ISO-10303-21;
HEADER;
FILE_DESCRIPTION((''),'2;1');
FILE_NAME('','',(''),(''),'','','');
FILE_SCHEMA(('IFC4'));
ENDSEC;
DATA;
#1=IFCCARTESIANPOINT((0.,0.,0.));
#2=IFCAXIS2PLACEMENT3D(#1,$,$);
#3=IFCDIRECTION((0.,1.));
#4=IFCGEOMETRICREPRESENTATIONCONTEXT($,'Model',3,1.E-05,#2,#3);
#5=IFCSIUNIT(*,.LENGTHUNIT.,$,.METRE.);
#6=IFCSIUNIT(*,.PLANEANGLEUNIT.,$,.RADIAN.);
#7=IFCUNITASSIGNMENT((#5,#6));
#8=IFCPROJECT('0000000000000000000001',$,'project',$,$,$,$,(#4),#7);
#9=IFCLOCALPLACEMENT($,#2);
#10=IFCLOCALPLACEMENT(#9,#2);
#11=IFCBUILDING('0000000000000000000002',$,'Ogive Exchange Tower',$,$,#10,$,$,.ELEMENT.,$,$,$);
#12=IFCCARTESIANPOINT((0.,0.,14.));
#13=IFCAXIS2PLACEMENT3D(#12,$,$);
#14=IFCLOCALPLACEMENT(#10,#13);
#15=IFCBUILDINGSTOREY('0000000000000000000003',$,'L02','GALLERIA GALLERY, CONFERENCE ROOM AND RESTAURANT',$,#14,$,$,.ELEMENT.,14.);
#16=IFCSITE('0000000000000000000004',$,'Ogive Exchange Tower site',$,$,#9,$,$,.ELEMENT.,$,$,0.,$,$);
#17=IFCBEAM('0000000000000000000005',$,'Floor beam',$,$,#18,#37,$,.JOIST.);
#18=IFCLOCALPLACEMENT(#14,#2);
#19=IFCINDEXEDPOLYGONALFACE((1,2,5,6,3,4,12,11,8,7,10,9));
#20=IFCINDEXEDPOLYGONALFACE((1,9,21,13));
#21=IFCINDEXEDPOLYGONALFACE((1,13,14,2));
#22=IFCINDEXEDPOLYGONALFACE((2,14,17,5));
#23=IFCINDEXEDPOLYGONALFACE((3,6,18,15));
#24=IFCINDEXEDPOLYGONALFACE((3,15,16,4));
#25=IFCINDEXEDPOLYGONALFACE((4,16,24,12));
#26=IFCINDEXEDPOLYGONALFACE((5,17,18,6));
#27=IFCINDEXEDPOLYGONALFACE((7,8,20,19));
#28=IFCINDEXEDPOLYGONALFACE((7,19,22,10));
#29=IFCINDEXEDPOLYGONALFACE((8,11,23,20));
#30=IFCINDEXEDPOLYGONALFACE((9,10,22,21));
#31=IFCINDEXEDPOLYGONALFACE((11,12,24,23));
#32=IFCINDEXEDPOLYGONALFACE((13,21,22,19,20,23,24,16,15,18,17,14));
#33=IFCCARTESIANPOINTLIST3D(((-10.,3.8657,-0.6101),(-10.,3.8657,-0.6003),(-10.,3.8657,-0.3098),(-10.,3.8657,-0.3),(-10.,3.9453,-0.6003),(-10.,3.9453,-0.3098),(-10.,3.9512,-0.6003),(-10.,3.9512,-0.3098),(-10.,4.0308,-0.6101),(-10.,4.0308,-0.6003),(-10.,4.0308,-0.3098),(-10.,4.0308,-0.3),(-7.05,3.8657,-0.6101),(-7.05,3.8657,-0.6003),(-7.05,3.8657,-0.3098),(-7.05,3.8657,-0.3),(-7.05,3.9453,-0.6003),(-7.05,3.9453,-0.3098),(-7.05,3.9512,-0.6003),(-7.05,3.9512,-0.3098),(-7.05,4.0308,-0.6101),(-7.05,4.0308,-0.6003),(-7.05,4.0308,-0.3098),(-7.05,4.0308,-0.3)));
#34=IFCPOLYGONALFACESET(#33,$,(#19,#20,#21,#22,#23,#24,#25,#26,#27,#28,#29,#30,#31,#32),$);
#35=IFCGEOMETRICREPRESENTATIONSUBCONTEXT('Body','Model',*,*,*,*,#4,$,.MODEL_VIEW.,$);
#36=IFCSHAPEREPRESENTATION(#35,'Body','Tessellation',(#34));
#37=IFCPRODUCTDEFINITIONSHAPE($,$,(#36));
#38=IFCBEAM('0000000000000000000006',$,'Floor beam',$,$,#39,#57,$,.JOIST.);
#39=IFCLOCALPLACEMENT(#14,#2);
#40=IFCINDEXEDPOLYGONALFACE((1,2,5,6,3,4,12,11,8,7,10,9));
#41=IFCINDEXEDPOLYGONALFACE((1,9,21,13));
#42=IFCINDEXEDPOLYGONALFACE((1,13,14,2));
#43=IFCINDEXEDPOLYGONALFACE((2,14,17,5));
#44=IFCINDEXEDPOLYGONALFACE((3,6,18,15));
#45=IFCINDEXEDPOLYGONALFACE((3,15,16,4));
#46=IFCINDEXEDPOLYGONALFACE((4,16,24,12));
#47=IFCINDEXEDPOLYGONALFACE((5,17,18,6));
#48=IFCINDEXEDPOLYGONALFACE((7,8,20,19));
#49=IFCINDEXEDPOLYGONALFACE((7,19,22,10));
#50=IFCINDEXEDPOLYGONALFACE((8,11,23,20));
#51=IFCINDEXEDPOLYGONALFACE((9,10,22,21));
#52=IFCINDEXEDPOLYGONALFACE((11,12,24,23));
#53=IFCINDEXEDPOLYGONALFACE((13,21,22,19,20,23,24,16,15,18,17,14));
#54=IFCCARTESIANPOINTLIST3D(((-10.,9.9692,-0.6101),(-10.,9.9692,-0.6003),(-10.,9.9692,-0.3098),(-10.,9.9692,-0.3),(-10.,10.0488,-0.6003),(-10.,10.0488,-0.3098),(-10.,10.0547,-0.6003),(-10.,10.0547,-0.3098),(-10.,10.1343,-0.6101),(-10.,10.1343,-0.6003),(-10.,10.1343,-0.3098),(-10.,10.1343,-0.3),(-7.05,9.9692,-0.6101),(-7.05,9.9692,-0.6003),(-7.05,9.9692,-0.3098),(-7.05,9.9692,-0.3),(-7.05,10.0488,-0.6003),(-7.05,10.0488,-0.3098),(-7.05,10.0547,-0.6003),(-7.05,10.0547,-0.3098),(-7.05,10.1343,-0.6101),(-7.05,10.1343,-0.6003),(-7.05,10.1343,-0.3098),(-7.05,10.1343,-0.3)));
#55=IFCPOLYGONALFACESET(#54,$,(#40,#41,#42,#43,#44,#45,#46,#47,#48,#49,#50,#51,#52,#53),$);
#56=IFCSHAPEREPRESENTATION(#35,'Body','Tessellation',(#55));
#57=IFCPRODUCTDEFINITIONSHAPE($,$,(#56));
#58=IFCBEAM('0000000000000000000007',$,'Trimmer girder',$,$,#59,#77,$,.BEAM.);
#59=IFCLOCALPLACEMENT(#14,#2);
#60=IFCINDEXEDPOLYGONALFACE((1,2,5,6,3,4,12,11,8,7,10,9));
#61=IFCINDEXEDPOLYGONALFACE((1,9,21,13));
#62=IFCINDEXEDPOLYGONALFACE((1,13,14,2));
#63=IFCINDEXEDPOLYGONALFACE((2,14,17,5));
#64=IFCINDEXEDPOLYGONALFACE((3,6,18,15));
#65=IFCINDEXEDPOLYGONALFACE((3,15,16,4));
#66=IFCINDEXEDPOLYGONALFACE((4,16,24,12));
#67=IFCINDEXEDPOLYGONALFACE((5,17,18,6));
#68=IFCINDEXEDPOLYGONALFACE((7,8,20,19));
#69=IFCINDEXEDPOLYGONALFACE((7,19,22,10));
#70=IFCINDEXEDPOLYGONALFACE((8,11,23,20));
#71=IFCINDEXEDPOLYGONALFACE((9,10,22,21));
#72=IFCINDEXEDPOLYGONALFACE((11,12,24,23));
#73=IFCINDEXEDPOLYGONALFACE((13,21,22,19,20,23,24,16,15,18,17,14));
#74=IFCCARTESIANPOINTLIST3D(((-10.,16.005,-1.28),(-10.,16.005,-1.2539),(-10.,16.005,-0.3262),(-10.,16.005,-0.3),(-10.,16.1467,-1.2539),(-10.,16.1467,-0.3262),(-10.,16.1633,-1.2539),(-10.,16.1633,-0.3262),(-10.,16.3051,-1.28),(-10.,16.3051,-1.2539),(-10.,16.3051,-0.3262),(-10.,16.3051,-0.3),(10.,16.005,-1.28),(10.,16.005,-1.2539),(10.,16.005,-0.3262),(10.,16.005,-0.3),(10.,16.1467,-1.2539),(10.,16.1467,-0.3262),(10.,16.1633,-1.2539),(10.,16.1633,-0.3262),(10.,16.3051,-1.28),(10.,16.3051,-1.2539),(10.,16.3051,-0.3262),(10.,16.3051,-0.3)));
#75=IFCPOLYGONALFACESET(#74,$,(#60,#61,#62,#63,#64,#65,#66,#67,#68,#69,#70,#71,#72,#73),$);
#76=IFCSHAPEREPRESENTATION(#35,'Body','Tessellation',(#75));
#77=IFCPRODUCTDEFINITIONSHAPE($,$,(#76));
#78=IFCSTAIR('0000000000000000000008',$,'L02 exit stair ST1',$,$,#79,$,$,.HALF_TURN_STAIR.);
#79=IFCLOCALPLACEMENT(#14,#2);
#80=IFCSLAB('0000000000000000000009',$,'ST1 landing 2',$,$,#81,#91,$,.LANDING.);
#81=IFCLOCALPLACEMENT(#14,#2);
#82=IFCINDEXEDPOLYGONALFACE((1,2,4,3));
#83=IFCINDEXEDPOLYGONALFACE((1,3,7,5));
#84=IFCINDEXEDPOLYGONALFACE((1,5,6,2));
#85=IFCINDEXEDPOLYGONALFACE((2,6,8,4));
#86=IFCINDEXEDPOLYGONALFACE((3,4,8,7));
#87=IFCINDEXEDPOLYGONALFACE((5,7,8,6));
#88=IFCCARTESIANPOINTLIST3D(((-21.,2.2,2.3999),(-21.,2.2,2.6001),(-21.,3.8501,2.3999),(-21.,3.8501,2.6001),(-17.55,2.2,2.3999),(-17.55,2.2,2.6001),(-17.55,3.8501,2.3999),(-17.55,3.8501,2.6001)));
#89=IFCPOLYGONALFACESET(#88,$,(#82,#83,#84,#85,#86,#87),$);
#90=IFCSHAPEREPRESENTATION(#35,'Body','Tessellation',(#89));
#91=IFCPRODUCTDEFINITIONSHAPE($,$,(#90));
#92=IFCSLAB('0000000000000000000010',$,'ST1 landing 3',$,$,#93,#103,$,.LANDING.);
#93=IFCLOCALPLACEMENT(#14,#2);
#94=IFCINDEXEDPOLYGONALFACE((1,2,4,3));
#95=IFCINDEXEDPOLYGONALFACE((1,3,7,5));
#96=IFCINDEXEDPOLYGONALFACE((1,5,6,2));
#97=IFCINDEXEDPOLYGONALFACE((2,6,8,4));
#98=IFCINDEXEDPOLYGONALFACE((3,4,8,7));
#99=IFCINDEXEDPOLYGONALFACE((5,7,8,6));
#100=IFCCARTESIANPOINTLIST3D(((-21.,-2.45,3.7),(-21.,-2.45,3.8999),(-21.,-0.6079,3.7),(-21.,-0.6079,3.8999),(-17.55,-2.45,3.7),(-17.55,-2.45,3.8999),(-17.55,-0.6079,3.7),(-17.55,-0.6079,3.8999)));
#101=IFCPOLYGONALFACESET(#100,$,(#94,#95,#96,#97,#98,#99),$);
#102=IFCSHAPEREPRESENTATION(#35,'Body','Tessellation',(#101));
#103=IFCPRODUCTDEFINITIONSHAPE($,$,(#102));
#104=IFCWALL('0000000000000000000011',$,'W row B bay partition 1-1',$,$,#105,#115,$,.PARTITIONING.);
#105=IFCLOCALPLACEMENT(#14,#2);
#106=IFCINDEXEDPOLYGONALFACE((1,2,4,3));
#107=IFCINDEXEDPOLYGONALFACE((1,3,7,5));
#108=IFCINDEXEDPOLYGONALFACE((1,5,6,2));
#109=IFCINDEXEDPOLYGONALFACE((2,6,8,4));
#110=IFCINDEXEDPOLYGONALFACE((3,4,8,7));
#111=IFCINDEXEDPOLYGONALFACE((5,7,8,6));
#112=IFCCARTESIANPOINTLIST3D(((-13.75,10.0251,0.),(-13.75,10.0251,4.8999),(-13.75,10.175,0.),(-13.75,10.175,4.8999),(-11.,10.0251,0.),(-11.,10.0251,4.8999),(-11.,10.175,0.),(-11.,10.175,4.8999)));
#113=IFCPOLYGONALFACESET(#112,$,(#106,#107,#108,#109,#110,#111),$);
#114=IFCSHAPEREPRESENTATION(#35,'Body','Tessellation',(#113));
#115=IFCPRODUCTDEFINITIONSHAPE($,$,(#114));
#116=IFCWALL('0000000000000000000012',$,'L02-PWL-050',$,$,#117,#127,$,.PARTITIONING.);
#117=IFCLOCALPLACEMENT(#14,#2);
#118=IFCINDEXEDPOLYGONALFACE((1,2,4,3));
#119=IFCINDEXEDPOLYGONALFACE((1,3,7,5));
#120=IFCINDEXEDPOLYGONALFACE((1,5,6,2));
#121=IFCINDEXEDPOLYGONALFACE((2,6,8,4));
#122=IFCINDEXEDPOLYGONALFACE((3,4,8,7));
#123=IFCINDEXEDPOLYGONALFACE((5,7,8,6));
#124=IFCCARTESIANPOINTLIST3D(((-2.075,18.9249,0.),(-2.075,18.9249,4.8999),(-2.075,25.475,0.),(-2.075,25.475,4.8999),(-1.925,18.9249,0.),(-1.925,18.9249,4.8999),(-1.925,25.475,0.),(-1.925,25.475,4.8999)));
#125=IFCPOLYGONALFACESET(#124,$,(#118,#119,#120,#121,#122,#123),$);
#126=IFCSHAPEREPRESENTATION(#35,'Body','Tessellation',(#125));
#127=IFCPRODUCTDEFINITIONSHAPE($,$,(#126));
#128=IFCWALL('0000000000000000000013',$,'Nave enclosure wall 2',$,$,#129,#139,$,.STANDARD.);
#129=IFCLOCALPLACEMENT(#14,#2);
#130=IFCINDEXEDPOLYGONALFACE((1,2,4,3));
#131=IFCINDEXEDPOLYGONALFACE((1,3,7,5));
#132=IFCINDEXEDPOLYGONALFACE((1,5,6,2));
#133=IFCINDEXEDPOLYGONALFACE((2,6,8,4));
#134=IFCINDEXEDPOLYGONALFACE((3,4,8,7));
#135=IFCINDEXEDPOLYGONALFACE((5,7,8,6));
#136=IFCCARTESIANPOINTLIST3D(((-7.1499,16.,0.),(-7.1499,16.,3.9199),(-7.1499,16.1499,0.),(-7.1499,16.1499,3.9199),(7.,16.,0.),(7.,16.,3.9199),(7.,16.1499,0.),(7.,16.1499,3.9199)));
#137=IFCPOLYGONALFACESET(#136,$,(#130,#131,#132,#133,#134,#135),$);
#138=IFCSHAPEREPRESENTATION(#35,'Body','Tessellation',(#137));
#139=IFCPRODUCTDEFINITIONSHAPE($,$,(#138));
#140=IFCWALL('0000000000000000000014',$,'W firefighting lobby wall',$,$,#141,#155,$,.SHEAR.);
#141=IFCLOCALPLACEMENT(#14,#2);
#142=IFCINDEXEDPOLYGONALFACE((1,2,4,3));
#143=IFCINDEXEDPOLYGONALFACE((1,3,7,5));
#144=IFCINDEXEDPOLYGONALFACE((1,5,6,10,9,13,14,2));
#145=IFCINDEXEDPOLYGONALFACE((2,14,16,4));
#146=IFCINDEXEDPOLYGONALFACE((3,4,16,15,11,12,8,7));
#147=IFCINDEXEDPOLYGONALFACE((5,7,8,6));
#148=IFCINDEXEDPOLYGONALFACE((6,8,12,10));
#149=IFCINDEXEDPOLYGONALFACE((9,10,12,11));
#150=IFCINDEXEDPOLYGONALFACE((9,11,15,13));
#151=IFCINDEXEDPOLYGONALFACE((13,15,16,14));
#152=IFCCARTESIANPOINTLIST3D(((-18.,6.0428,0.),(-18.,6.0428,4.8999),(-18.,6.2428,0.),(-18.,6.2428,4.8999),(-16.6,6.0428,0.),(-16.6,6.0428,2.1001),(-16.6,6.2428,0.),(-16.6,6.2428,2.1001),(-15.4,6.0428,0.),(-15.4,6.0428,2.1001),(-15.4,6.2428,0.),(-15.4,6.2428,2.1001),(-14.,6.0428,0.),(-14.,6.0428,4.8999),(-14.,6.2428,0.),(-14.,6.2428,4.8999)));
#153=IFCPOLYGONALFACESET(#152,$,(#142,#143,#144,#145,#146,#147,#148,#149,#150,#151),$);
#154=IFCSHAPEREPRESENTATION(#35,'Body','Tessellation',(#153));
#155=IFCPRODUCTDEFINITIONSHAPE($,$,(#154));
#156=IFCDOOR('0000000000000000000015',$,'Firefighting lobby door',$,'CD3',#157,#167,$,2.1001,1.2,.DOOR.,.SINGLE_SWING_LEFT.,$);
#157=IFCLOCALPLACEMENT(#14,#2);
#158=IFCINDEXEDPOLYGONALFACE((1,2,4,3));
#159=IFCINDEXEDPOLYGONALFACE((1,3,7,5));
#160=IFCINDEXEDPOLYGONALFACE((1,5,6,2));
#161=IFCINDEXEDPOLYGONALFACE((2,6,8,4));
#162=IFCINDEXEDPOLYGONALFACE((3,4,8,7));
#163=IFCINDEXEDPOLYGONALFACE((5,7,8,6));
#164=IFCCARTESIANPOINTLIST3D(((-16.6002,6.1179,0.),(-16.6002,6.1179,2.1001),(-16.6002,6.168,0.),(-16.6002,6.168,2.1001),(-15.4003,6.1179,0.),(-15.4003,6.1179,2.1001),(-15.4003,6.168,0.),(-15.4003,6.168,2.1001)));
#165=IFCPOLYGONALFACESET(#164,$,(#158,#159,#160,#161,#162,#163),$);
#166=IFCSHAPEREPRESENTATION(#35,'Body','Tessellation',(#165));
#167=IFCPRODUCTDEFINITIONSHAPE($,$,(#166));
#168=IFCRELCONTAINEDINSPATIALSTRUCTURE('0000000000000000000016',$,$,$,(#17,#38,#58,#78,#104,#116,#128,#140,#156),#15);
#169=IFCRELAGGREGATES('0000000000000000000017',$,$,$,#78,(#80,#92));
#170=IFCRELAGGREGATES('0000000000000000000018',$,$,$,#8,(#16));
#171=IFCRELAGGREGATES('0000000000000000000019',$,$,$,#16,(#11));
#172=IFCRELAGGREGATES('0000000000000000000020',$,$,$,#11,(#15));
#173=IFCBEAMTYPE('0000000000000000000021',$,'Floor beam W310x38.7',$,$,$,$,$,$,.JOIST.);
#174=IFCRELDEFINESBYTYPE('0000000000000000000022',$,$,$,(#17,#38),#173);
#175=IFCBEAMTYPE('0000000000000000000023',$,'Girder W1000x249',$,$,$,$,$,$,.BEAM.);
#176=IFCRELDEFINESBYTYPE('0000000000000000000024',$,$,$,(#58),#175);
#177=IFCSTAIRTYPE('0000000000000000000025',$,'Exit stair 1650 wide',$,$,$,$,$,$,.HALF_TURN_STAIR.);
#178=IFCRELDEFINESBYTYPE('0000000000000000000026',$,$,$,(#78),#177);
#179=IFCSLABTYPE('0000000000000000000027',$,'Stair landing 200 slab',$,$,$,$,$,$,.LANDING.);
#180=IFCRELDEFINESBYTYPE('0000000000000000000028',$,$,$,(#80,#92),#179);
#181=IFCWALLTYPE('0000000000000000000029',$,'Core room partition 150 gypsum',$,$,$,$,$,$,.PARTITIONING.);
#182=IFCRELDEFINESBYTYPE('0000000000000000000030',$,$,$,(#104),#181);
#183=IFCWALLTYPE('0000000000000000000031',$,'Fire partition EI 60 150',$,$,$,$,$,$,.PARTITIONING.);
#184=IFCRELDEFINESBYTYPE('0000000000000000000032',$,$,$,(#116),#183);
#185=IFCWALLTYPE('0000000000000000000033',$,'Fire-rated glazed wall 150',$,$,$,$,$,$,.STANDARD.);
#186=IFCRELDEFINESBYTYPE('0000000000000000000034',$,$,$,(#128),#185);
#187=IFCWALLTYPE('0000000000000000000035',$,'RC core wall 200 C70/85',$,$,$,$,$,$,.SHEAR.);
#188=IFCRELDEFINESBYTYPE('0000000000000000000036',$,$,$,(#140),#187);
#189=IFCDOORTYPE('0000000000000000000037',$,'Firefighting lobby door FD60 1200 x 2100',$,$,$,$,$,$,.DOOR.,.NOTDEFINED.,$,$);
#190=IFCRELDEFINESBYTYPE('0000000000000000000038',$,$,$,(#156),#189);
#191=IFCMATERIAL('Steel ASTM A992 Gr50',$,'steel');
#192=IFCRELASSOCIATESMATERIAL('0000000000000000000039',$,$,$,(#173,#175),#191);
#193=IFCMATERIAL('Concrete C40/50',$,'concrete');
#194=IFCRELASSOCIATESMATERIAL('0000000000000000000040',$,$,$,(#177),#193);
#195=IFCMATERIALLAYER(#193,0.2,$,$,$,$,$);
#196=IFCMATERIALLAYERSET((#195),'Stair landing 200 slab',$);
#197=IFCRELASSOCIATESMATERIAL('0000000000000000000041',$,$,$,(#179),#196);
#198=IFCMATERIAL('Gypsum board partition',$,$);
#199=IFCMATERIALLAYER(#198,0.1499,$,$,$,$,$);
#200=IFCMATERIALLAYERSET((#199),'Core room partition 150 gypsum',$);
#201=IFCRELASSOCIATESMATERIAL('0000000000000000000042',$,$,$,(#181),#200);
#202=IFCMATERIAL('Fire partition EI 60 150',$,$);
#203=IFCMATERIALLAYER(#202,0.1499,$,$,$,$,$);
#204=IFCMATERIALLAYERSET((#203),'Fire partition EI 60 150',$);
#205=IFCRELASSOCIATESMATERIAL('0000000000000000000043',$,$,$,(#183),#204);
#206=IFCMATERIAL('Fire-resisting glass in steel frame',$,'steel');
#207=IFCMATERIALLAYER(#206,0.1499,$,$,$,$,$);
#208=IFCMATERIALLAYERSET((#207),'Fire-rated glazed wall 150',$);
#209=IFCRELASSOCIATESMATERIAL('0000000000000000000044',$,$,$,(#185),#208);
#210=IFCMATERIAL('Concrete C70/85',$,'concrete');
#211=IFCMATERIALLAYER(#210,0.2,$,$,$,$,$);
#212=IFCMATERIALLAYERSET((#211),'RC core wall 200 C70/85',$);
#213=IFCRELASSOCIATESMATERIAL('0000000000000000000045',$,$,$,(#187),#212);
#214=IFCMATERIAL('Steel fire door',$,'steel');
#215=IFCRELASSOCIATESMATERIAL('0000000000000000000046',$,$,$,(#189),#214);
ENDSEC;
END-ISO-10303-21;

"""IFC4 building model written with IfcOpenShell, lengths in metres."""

from ifc_helpers import new_model, si_unit, direction, frame, frame_2d, origin, origin_2d, place, context, subcontext, project, spatial, polyline, rectangle, i_section, outline, extrude, material, layer, layer_set, material_profile, profile_set, type_object, element, fill, aggregate, save


model = new_model("IFC4")

# Units and contexts
model_context = context("Model", 3, precision=1e-05, world=origin(), true_north=direction((0.0, 1.0)))
body_context = subcontext(model_context, "Body", "Model", "MODEL_VIEW")
ifc_project = project(units=[si_unit("LENGTHUNIT", "METRE"), si_unit("PLANEANGLEUNIT", "RADIAN")], contexts=[model_context])

# Site, building, storey
site_placement = place(None, origin())
site = spatial("IfcSite", under=ifc_project, at=site_placement, Name="Ogive Exchange Tower site", CompositionType="ELEMENT", RefElevation=0.0)
building_placement = place(site_placement, origin())
building = spatial("IfcBuilding", under=site, at=building_placement, Name="Ogive Exchange Tower", CompositionType="ELEMENT")
storey_placement = place(building_placement, frame((0.0, 0.0, 14.0)))
storey = spatial("IfcBuildingStorey", under=building, at=storey_placement, Name="L02", Description="GALLERIA GALLERY, CONFERENCE ROOM AND RESTAURANT", CompositionType="ELEMENT", Elevation=14.0)

# Beams
ifc_material_1 = material(Name="Steel ASTM A992 Gr50", Category="steel")
ifc_material_profile_1 = material_profile(ifc_material_1, i_section(OverallWidth=0.165, OverallDepth=0.3101, WebThickness=0.0059, FlangeThickness=0.0098, at=origin_2d()), Name="W310x38.7")
ifc_profile_set_1 = profile_set([ifc_material_profile_1], Name="Steel ASTM A992 Gr50")
beam_type_1 = type_object("IfcBeamType", Name="Floor beam W310x38.7", PredefinedType="JOIST", material=ifc_profile_set_1)
for number, where, z_axis, x_axis, name in (
    (1, (-10.0, 3.9482, -0.4551), (1.0, 0.0, 0.0), (0.0, 1.0, 0.0), "Floor beam"),
    (2, (-10.0, 10.0518, -0.4551), (1.0, 0.0, 0.0), (0.0, 1.0, 0.0), "Floor beam"),
):
    element("IfcBeam", number, at=place(storey_placement, frame(where, z_axis=z_axis, x_axis=x_axis)), inside=storey, type_object=beam_type_1, Name=name, PredefinedType="JOIST", context=body_context, shape_type="SweptSolid", body=[
        extrude(i_section(OverallWidth=0.165, OverallDepth=0.3101, WebThickness=0.0059, FlangeThickness=0.0098, at=origin_2d()), origin(), (0.0, 0.0, 1.0), 2.95),
    ])
ifc_material_profile_2 = material_profile(ifc_material_1, i_section(OverallWidth=0.3, OverallDepth=0.98, WebThickness=0.0166, FlangeThickness=0.0261, at=origin_2d()), Name="W1000x249")
ifc_profile_set_2 = profile_set([ifc_material_profile_2], Name="Steel ASTM A992 Gr50")
beam_type_2 = type_object("IfcBeamType", Name="Girder W1000x249", PredefinedType="BEAM", material=ifc_profile_set_2)
beam_placement = place(storey_placement, frame((-10.0, 16.155, -0.79), z_axis=(1.0, 0.0, 0.0), x_axis=(0.0, 1.0, 0.0)))
element("IfcBeam", 3, at=beam_placement, inside=storey, type_object=beam_type_2, Name="Trimmer girder", PredefinedType="BEAM", context=body_context, shape_type="SweptSolid", body=[
    extrude(i_section(OverallWidth=0.3, OverallDepth=0.98, WebThickness=0.0166, FlangeThickness=0.0261, at=origin_2d()), origin(), (0.0, 0.0, 1.0), 20.0),
])

# Stair, slabs
ifc_material_2 = material(Name="Concrete C40/50", Category="concrete")
stair_type = type_object("IfcStairType", Name="Exit stair 1650 wide", PredefinedType="HALF_TURN_STAIR", material=ifc_material_2)
stair_placement = place(storey_placement, origin())
stair = element("IfcStair", 4, at=stair_placement, inside=storey, type_object=stair_type, Name="L02 exit stair ST1", PredefinedType="HALF_TURN_STAIR")
ifc_layer_1 = layer(ifc_material_2, 0.2)
ifc_layer_set_1 = layer_set([ifc_layer_1], Name="Stair landing 200 slab")
slab_type = type_object("IfcSlabType", Name="Stair landing 200 slab", PredefinedType="LANDING", material=ifc_layer_set_1)
slab_1_placement = place(storey_placement, frame((0.0, 0.0, 2.3999)))
slab_1 = element("IfcSlab", 5, at=slab_1_placement, type_object=slab_type, Name="ST1 landing 2", PredefinedType="LANDING", context=body_context, shape_type="SweptSolid", body=[
    extrude(outline(polyline([(-21.0, 3.8501), (-21.0, 2.2), (-17.55, 2.2), (-17.55, 3.8501), (-21.0, 3.8501)])), origin(), (0.0, 0.0, 1.0), 0.2002),
])
slab_2_placement = place(storey_placement, frame((0.0, 0.0, 3.7)))
slab_2 = element("IfcSlab", 6, at=slab_2_placement, type_object=slab_type, Name="ST1 landing 3", PredefinedType="LANDING", context=body_context, shape_type="SweptSolid", body=[
    extrude(outline(polyline([(-21.0, -0.6079), (-21.0, -2.45), (-17.55, -2.45), (-17.55, -0.6079), (-21.0, -0.6079)])), origin(), (0.0, 0.0, 1.0), 0.2),
])

# Walls
ifc_material_3 = material(Name="Gypsum board partition")
ifc_layer_2 = layer(ifc_material_3, 0.1499)
ifc_layer_set_2 = layer_set([ifc_layer_2], Name="Core room partition 150 gypsum")
wall_type_1 = type_object("IfcWallType", Name="Core room partition 150 gypsum", PredefinedType="PARTITIONING", material=ifc_layer_set_2)
wall_1_placement = place(storey_placement, frame((-13.75, 10.1001, 0.0), z_axis=(0.0, 0.0, 1.0), x_axis=(1.0, 0.0, 0.0)))
element("IfcWall", 7, at=wall_1_placement, inside=storey, type_object=wall_type_1, Name="W row B bay partition 1-1", PredefinedType="PARTITIONING", context=body_context, shape_type="SweptSolid", body=[
    extrude(rectangle(XDim=2.75, YDim=0.1499, at=frame_2d((1.375, 0.0))), origin(), (0.0, 0.0, 1.0), 4.8999),
])
ifc_material_4 = material(Name="Fire partition EI 60 150")
ifc_layer_3 = layer(ifc_material_4, 0.1499)
ifc_layer_set_3 = layer_set([ifc_layer_3], Name="Fire partition EI 60 150")
wall_type_2 = type_object("IfcWallType", Name="Fire partition EI 60 150", PredefinedType="PARTITIONING", material=ifc_layer_set_3)
wall_2_placement = place(storey_placement, frame((-2.0, 18.925, 0.0), z_axis=(0.0, 0.0, 1.0), x_axis=(0.0, 1.0, 0.0)))
element("IfcWall", 8, at=wall_2_placement, inside=storey, type_object=wall_type_2, Name="L02-PWL-050", PredefinedType="PARTITIONING", context=body_context, shape_type="SweptSolid", body=[
    extrude(rectangle(XDim=6.55, YDim=0.1499, at=frame_2d((3.2749, 0.0))), origin(), (0.0, 0.0, 1.0), 4.8999),
])
ifc_material_5 = material(Name="Fire-resisting glass in steel frame", Category="steel")
ifc_layer_4 = layer(ifc_material_5, 0.1499)
ifc_layer_set_4 = layer_set([ifc_layer_4], Name="Fire-rated glazed wall 150")
wall_type_3 = type_object("IfcWallType", Name="Fire-rated glazed wall 150", PredefinedType="STANDARD", material=ifc_layer_set_4)
wall_3_placement = place(storey_placement, frame((-7.1499, 16.075, 0.0), z_axis=(0.0, 0.0, 1.0), x_axis=(1.0, 0.0, 0.0)))
element("IfcWall", 9, at=wall_3_placement, inside=storey, type_object=wall_type_3, Name="Nave enclosure wall 2", PredefinedType="STANDARD", context=body_context, shape_type="SweptSolid", body=[
    extrude(rectangle(XDim=14.1499, YDim=0.1499, at=frame_2d((7.075, 0.0))), origin(), (0.0, 0.0, 1.0), 3.9199),
])

# Wall, opening, door
ifc_material_6 = material(Name="Concrete C70/85", Category="concrete")
ifc_layer_5 = layer(ifc_material_6, 0.2)
ifc_layer_set_5 = layer_set([ifc_layer_5], Name="RC core wall 200 C70/85")
wall_type_4 = type_object("IfcWallType", Name="RC core wall 200 C70/85", PredefinedType="SHEAR", material=ifc_layer_set_5)
wall_4_placement = place(storey_placement, frame((-18.0, 6.1428, 0.0), z_axis=(0.0, 0.0, 1.0), x_axis=(1.0, 0.0, 0.0)))
wall_4 = element("IfcWall", 10, at=wall_4_placement, inside=storey, type_object=wall_type_4, Name="W firefighting lobby wall", PredefinedType="SHEAR", context=body_context, shape_type="SweptSolid", body=[
    extrude(rectangle(XDim=4.0, YDim=0.2, at=frame_2d((2.0, 0.0))), origin(), (0.0, 0.0, 1.0), 4.8999),
])
opening_1_placement = place(wall_4_placement, frame((1.3999, 0.0, 0.0)))
opening_1 = element("IfcOpeningElement", 11, at=opening_1_placement, cuts=wall_4, PredefinedType="OPENING", context=body_context, shape_type="SweptSolid", body=[
    extrude(rectangle(XDim=1.2, YDim=2.1001, at=frame_2d((0.6001, 1.05))), frame((0.0, 0.1099, 0.0), z_axis=(0.0, -1.0, 0.0), x_axis=(1.0, 0.0, 0.0)), (0.0, 0.0, 1.0), 0.22),
])
ifc_material_7 = material(Name="Steel fire door", Category="steel")
door_type_1 = type_object("IfcDoorType", Name="Firefighting lobby door FD60 1200 x 2100", OperationType="NOTDEFINED", PredefinedType="DOOR", material=ifc_material_7)
door_1_placement = place(opening_1_placement, frame((1.2, 0.0, 0.0), z_axis=(0.0, 0.0, 1.0), x_axis=(-1.0, 0.0, 0.0)))
door_1 = element("IfcDoor", 12, at=door_1_placement, inside=storey, type_object=door_type_1, Name="Firefighting lobby door", ObjectType="CD3", OperationType="SINGLE_SWING_LEFT", OverallHeight=2.1001, OverallWidth=1.2, PredefinedType="DOOR", context=body_context, shape_type="SweptSolid", body=[
    extrude(rectangle(XDim=1.2, YDim=2.1001, at=frame_2d((0.6001, 1.05))), frame((0.0, 0.0249, 0.0), z_axis=(0.0, -1.0, 0.0), x_axis=(1.0, 0.0, 0.0)), (0.0, 0.0, 1.0), 0.05),
])
fill(opening_1, door_1)

aggregate(stair, [slab_1, slab_2])

save(model, "model.ifc")
